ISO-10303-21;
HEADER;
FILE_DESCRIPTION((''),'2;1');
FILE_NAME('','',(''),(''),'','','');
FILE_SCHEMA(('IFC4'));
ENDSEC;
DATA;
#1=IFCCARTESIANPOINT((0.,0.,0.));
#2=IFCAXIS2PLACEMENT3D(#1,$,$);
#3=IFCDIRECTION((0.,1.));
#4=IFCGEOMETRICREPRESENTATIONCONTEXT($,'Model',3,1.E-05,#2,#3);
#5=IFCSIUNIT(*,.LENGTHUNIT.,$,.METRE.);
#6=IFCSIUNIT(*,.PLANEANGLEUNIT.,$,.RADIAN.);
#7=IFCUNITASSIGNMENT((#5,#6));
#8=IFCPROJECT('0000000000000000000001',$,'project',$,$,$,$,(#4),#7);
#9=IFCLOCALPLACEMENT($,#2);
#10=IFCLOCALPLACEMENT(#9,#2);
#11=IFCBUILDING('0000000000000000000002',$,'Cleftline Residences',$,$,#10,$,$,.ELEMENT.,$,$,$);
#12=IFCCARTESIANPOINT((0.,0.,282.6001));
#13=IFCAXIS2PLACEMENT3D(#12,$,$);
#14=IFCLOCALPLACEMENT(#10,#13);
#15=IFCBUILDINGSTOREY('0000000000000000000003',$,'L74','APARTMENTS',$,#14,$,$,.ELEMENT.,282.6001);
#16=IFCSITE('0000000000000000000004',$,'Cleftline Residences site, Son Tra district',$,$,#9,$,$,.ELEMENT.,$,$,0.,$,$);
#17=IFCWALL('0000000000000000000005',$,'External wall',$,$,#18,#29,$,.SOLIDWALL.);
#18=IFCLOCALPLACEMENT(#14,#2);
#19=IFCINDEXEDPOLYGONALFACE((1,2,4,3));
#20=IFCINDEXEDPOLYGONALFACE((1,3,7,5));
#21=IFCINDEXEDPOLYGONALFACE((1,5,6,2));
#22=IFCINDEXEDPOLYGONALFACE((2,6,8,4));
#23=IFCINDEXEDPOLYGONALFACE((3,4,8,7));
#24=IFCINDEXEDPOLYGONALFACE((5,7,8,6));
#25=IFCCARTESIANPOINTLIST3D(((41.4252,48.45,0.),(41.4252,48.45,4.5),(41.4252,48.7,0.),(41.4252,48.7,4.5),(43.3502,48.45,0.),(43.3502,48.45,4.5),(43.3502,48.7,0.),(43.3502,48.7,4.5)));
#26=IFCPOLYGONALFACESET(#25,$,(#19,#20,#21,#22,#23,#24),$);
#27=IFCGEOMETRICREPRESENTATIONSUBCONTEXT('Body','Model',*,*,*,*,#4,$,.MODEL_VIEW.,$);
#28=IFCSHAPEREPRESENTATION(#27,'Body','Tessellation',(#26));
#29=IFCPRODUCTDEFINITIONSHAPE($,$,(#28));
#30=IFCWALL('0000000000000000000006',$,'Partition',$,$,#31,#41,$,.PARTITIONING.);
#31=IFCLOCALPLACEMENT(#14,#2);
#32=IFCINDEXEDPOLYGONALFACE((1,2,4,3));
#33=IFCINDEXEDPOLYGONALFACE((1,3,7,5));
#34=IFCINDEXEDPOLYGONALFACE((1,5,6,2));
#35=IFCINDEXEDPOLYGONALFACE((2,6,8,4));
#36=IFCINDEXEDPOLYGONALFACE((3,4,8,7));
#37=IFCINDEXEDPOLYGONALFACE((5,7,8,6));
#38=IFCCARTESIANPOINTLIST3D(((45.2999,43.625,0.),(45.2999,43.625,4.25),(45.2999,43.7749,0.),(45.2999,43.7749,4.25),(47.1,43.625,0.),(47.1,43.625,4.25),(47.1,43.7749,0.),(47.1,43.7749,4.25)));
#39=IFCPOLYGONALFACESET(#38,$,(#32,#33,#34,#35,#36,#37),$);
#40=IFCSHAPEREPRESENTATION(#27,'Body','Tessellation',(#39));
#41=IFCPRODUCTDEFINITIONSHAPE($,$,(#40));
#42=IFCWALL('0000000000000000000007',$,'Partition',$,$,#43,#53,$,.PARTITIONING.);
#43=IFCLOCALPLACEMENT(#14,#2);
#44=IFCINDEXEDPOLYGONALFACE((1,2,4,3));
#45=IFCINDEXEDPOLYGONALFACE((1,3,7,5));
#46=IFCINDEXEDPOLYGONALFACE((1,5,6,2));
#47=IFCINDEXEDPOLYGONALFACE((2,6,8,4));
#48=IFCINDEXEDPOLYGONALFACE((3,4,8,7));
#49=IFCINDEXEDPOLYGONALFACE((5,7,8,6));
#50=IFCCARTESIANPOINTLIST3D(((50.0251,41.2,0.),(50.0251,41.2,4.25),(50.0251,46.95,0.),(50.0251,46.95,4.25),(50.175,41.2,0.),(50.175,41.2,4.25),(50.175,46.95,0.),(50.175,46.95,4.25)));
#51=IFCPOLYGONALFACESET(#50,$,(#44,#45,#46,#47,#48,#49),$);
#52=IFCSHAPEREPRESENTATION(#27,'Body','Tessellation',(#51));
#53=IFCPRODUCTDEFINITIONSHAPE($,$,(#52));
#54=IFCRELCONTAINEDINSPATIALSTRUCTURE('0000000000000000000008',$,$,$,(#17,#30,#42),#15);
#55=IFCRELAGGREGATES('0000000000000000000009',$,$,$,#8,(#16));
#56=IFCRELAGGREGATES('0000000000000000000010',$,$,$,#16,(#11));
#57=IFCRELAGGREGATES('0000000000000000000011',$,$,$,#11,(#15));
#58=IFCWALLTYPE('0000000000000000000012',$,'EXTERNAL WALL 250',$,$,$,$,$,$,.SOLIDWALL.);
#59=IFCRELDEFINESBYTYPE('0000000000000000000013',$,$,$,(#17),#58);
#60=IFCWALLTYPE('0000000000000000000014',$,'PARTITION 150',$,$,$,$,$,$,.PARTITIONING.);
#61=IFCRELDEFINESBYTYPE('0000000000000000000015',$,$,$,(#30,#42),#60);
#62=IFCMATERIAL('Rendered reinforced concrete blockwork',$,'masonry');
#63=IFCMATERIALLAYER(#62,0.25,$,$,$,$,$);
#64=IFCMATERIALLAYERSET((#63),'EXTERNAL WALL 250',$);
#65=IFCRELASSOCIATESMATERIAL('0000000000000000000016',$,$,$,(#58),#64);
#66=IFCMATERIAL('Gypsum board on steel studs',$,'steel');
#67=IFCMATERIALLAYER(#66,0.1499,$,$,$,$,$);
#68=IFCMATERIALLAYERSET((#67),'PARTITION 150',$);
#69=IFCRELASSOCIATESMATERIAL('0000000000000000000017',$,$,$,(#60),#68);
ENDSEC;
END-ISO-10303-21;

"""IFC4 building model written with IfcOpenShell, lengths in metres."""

from ifc_helpers import new_model, si_unit, direction, frame, frame_2d, origin, place, context, subcontext, project, spatial, rectangle, extrude, material, layer, layer_set, type_object, element, save


model = new_model("IFC4")

# Units and contexts
model_context = context("Model", 3, precision=1e-05, world=origin(), true_north=direction((0.0, 1.0)))
body_context = subcontext(model_context, "Body", "Model", "MODEL_VIEW")
ifc_project = project(units=[si_unit("LENGTHUNIT", "METRE"), si_unit("PLANEANGLEUNIT", "RADIAN")], contexts=[model_context])

# Site, building, storey
site_placement = place(None, origin())
site = spatial("IfcSite", under=ifc_project, at=site_placement, Name="Cleftline Residences site, Son Tra district", CompositionType="ELEMENT", RefElevation=0.0)
building_placement = place(site_placement, origin())
building = spatial("IfcBuilding", under=site, at=building_placement, Name="Cleftline Residences", CompositionType="ELEMENT")
storey_placement = place(building_placement, frame((0.0, 0.0, 282.6001)))
storey = spatial("IfcBuildingStorey", under=building, at=storey_placement, Name="L74", Description="APARTMENTS", CompositionType="ELEMENT", Elevation=282.6001)

# Walls
ifc_material_1 = material(Name="Rendered reinforced concrete blockwork", Category="masonry")
ifc_layer_1 = layer(ifc_material_1, 0.25)
ifc_layer_set_1 = layer_set([ifc_layer_1], Name="EXTERNAL WALL 250")
wall_type_1 = type_object("IfcWallType", Name="EXTERNAL WALL 250", PredefinedType="SOLIDWALL", material=ifc_layer_set_1)
wall_1_placement = place(storey_placement, frame((43.3501, 48.575, 0.0), z_axis=(0.0, 0.0, 1.0), x_axis=(-1.0, 0.0, 0.0)))
element("IfcWall", 1, at=wall_1_placement, inside=storey, type_object=wall_type_1, Name="External wall", PredefinedType="SOLIDWALL", context=body_context, shape_type="SweptSolid", body=[
    extrude(rectangle(XDim=1.925, YDim=0.25, at=frame_2d((0.9624, 0.0))), origin(), (0.0, 0.0, 1.0), 4.5),
])
ifc_material_2 = material(Name="Gypsum board on steel studs", Category="steel")
ifc_layer_2 = layer(ifc_material_2, 0.1499)
ifc_layer_set_2 = layer_set([ifc_layer_2], Name="PARTITION 150")
wall_type_2 = type_object("IfcWallType", Name="PARTITION 150", PredefinedType="PARTITIONING", material=ifc_layer_set_2)
wall_2_placement = place(storey_placement, frame((45.3, 43.7, 0.0), z_axis=(0.0, 0.0, 1.0), x_axis=(1.0, 0.0, 0.0)))
element("IfcWall", 2, at=wall_2_placement, inside=storey, type_object=wall_type_2, Name="Partition", PredefinedType="PARTITIONING", context=body_context, shape_type="SweptSolid", body=[
    extrude(rectangle(XDim=1.8, YDim=0.1499, at=frame_2d((0.8999, 0.0))), origin(), (0.0, 0.0, 1.0), 4.25),
])
wall_3_placement = place(storey_placement, frame((50.1001, 41.2, 0.0), z_axis=(0.0, 0.0, 1.0), x_axis=(0.0, 1.0, 0.0)))
element("IfcWall", 3, at=wall_3_placement, inside=storey, type_object=wall_type_2, Name="Partition", PredefinedType="PARTITIONING", context=body_context, shape_type="SweptSolid", body=[
    extrude(rectangle(XDim=5.75, YDim=0.1499, at=frame_2d((2.875, 0.0))), origin(), (0.0, 0.0, 1.0), 4.25),
])

save(model, "model.ifc")
